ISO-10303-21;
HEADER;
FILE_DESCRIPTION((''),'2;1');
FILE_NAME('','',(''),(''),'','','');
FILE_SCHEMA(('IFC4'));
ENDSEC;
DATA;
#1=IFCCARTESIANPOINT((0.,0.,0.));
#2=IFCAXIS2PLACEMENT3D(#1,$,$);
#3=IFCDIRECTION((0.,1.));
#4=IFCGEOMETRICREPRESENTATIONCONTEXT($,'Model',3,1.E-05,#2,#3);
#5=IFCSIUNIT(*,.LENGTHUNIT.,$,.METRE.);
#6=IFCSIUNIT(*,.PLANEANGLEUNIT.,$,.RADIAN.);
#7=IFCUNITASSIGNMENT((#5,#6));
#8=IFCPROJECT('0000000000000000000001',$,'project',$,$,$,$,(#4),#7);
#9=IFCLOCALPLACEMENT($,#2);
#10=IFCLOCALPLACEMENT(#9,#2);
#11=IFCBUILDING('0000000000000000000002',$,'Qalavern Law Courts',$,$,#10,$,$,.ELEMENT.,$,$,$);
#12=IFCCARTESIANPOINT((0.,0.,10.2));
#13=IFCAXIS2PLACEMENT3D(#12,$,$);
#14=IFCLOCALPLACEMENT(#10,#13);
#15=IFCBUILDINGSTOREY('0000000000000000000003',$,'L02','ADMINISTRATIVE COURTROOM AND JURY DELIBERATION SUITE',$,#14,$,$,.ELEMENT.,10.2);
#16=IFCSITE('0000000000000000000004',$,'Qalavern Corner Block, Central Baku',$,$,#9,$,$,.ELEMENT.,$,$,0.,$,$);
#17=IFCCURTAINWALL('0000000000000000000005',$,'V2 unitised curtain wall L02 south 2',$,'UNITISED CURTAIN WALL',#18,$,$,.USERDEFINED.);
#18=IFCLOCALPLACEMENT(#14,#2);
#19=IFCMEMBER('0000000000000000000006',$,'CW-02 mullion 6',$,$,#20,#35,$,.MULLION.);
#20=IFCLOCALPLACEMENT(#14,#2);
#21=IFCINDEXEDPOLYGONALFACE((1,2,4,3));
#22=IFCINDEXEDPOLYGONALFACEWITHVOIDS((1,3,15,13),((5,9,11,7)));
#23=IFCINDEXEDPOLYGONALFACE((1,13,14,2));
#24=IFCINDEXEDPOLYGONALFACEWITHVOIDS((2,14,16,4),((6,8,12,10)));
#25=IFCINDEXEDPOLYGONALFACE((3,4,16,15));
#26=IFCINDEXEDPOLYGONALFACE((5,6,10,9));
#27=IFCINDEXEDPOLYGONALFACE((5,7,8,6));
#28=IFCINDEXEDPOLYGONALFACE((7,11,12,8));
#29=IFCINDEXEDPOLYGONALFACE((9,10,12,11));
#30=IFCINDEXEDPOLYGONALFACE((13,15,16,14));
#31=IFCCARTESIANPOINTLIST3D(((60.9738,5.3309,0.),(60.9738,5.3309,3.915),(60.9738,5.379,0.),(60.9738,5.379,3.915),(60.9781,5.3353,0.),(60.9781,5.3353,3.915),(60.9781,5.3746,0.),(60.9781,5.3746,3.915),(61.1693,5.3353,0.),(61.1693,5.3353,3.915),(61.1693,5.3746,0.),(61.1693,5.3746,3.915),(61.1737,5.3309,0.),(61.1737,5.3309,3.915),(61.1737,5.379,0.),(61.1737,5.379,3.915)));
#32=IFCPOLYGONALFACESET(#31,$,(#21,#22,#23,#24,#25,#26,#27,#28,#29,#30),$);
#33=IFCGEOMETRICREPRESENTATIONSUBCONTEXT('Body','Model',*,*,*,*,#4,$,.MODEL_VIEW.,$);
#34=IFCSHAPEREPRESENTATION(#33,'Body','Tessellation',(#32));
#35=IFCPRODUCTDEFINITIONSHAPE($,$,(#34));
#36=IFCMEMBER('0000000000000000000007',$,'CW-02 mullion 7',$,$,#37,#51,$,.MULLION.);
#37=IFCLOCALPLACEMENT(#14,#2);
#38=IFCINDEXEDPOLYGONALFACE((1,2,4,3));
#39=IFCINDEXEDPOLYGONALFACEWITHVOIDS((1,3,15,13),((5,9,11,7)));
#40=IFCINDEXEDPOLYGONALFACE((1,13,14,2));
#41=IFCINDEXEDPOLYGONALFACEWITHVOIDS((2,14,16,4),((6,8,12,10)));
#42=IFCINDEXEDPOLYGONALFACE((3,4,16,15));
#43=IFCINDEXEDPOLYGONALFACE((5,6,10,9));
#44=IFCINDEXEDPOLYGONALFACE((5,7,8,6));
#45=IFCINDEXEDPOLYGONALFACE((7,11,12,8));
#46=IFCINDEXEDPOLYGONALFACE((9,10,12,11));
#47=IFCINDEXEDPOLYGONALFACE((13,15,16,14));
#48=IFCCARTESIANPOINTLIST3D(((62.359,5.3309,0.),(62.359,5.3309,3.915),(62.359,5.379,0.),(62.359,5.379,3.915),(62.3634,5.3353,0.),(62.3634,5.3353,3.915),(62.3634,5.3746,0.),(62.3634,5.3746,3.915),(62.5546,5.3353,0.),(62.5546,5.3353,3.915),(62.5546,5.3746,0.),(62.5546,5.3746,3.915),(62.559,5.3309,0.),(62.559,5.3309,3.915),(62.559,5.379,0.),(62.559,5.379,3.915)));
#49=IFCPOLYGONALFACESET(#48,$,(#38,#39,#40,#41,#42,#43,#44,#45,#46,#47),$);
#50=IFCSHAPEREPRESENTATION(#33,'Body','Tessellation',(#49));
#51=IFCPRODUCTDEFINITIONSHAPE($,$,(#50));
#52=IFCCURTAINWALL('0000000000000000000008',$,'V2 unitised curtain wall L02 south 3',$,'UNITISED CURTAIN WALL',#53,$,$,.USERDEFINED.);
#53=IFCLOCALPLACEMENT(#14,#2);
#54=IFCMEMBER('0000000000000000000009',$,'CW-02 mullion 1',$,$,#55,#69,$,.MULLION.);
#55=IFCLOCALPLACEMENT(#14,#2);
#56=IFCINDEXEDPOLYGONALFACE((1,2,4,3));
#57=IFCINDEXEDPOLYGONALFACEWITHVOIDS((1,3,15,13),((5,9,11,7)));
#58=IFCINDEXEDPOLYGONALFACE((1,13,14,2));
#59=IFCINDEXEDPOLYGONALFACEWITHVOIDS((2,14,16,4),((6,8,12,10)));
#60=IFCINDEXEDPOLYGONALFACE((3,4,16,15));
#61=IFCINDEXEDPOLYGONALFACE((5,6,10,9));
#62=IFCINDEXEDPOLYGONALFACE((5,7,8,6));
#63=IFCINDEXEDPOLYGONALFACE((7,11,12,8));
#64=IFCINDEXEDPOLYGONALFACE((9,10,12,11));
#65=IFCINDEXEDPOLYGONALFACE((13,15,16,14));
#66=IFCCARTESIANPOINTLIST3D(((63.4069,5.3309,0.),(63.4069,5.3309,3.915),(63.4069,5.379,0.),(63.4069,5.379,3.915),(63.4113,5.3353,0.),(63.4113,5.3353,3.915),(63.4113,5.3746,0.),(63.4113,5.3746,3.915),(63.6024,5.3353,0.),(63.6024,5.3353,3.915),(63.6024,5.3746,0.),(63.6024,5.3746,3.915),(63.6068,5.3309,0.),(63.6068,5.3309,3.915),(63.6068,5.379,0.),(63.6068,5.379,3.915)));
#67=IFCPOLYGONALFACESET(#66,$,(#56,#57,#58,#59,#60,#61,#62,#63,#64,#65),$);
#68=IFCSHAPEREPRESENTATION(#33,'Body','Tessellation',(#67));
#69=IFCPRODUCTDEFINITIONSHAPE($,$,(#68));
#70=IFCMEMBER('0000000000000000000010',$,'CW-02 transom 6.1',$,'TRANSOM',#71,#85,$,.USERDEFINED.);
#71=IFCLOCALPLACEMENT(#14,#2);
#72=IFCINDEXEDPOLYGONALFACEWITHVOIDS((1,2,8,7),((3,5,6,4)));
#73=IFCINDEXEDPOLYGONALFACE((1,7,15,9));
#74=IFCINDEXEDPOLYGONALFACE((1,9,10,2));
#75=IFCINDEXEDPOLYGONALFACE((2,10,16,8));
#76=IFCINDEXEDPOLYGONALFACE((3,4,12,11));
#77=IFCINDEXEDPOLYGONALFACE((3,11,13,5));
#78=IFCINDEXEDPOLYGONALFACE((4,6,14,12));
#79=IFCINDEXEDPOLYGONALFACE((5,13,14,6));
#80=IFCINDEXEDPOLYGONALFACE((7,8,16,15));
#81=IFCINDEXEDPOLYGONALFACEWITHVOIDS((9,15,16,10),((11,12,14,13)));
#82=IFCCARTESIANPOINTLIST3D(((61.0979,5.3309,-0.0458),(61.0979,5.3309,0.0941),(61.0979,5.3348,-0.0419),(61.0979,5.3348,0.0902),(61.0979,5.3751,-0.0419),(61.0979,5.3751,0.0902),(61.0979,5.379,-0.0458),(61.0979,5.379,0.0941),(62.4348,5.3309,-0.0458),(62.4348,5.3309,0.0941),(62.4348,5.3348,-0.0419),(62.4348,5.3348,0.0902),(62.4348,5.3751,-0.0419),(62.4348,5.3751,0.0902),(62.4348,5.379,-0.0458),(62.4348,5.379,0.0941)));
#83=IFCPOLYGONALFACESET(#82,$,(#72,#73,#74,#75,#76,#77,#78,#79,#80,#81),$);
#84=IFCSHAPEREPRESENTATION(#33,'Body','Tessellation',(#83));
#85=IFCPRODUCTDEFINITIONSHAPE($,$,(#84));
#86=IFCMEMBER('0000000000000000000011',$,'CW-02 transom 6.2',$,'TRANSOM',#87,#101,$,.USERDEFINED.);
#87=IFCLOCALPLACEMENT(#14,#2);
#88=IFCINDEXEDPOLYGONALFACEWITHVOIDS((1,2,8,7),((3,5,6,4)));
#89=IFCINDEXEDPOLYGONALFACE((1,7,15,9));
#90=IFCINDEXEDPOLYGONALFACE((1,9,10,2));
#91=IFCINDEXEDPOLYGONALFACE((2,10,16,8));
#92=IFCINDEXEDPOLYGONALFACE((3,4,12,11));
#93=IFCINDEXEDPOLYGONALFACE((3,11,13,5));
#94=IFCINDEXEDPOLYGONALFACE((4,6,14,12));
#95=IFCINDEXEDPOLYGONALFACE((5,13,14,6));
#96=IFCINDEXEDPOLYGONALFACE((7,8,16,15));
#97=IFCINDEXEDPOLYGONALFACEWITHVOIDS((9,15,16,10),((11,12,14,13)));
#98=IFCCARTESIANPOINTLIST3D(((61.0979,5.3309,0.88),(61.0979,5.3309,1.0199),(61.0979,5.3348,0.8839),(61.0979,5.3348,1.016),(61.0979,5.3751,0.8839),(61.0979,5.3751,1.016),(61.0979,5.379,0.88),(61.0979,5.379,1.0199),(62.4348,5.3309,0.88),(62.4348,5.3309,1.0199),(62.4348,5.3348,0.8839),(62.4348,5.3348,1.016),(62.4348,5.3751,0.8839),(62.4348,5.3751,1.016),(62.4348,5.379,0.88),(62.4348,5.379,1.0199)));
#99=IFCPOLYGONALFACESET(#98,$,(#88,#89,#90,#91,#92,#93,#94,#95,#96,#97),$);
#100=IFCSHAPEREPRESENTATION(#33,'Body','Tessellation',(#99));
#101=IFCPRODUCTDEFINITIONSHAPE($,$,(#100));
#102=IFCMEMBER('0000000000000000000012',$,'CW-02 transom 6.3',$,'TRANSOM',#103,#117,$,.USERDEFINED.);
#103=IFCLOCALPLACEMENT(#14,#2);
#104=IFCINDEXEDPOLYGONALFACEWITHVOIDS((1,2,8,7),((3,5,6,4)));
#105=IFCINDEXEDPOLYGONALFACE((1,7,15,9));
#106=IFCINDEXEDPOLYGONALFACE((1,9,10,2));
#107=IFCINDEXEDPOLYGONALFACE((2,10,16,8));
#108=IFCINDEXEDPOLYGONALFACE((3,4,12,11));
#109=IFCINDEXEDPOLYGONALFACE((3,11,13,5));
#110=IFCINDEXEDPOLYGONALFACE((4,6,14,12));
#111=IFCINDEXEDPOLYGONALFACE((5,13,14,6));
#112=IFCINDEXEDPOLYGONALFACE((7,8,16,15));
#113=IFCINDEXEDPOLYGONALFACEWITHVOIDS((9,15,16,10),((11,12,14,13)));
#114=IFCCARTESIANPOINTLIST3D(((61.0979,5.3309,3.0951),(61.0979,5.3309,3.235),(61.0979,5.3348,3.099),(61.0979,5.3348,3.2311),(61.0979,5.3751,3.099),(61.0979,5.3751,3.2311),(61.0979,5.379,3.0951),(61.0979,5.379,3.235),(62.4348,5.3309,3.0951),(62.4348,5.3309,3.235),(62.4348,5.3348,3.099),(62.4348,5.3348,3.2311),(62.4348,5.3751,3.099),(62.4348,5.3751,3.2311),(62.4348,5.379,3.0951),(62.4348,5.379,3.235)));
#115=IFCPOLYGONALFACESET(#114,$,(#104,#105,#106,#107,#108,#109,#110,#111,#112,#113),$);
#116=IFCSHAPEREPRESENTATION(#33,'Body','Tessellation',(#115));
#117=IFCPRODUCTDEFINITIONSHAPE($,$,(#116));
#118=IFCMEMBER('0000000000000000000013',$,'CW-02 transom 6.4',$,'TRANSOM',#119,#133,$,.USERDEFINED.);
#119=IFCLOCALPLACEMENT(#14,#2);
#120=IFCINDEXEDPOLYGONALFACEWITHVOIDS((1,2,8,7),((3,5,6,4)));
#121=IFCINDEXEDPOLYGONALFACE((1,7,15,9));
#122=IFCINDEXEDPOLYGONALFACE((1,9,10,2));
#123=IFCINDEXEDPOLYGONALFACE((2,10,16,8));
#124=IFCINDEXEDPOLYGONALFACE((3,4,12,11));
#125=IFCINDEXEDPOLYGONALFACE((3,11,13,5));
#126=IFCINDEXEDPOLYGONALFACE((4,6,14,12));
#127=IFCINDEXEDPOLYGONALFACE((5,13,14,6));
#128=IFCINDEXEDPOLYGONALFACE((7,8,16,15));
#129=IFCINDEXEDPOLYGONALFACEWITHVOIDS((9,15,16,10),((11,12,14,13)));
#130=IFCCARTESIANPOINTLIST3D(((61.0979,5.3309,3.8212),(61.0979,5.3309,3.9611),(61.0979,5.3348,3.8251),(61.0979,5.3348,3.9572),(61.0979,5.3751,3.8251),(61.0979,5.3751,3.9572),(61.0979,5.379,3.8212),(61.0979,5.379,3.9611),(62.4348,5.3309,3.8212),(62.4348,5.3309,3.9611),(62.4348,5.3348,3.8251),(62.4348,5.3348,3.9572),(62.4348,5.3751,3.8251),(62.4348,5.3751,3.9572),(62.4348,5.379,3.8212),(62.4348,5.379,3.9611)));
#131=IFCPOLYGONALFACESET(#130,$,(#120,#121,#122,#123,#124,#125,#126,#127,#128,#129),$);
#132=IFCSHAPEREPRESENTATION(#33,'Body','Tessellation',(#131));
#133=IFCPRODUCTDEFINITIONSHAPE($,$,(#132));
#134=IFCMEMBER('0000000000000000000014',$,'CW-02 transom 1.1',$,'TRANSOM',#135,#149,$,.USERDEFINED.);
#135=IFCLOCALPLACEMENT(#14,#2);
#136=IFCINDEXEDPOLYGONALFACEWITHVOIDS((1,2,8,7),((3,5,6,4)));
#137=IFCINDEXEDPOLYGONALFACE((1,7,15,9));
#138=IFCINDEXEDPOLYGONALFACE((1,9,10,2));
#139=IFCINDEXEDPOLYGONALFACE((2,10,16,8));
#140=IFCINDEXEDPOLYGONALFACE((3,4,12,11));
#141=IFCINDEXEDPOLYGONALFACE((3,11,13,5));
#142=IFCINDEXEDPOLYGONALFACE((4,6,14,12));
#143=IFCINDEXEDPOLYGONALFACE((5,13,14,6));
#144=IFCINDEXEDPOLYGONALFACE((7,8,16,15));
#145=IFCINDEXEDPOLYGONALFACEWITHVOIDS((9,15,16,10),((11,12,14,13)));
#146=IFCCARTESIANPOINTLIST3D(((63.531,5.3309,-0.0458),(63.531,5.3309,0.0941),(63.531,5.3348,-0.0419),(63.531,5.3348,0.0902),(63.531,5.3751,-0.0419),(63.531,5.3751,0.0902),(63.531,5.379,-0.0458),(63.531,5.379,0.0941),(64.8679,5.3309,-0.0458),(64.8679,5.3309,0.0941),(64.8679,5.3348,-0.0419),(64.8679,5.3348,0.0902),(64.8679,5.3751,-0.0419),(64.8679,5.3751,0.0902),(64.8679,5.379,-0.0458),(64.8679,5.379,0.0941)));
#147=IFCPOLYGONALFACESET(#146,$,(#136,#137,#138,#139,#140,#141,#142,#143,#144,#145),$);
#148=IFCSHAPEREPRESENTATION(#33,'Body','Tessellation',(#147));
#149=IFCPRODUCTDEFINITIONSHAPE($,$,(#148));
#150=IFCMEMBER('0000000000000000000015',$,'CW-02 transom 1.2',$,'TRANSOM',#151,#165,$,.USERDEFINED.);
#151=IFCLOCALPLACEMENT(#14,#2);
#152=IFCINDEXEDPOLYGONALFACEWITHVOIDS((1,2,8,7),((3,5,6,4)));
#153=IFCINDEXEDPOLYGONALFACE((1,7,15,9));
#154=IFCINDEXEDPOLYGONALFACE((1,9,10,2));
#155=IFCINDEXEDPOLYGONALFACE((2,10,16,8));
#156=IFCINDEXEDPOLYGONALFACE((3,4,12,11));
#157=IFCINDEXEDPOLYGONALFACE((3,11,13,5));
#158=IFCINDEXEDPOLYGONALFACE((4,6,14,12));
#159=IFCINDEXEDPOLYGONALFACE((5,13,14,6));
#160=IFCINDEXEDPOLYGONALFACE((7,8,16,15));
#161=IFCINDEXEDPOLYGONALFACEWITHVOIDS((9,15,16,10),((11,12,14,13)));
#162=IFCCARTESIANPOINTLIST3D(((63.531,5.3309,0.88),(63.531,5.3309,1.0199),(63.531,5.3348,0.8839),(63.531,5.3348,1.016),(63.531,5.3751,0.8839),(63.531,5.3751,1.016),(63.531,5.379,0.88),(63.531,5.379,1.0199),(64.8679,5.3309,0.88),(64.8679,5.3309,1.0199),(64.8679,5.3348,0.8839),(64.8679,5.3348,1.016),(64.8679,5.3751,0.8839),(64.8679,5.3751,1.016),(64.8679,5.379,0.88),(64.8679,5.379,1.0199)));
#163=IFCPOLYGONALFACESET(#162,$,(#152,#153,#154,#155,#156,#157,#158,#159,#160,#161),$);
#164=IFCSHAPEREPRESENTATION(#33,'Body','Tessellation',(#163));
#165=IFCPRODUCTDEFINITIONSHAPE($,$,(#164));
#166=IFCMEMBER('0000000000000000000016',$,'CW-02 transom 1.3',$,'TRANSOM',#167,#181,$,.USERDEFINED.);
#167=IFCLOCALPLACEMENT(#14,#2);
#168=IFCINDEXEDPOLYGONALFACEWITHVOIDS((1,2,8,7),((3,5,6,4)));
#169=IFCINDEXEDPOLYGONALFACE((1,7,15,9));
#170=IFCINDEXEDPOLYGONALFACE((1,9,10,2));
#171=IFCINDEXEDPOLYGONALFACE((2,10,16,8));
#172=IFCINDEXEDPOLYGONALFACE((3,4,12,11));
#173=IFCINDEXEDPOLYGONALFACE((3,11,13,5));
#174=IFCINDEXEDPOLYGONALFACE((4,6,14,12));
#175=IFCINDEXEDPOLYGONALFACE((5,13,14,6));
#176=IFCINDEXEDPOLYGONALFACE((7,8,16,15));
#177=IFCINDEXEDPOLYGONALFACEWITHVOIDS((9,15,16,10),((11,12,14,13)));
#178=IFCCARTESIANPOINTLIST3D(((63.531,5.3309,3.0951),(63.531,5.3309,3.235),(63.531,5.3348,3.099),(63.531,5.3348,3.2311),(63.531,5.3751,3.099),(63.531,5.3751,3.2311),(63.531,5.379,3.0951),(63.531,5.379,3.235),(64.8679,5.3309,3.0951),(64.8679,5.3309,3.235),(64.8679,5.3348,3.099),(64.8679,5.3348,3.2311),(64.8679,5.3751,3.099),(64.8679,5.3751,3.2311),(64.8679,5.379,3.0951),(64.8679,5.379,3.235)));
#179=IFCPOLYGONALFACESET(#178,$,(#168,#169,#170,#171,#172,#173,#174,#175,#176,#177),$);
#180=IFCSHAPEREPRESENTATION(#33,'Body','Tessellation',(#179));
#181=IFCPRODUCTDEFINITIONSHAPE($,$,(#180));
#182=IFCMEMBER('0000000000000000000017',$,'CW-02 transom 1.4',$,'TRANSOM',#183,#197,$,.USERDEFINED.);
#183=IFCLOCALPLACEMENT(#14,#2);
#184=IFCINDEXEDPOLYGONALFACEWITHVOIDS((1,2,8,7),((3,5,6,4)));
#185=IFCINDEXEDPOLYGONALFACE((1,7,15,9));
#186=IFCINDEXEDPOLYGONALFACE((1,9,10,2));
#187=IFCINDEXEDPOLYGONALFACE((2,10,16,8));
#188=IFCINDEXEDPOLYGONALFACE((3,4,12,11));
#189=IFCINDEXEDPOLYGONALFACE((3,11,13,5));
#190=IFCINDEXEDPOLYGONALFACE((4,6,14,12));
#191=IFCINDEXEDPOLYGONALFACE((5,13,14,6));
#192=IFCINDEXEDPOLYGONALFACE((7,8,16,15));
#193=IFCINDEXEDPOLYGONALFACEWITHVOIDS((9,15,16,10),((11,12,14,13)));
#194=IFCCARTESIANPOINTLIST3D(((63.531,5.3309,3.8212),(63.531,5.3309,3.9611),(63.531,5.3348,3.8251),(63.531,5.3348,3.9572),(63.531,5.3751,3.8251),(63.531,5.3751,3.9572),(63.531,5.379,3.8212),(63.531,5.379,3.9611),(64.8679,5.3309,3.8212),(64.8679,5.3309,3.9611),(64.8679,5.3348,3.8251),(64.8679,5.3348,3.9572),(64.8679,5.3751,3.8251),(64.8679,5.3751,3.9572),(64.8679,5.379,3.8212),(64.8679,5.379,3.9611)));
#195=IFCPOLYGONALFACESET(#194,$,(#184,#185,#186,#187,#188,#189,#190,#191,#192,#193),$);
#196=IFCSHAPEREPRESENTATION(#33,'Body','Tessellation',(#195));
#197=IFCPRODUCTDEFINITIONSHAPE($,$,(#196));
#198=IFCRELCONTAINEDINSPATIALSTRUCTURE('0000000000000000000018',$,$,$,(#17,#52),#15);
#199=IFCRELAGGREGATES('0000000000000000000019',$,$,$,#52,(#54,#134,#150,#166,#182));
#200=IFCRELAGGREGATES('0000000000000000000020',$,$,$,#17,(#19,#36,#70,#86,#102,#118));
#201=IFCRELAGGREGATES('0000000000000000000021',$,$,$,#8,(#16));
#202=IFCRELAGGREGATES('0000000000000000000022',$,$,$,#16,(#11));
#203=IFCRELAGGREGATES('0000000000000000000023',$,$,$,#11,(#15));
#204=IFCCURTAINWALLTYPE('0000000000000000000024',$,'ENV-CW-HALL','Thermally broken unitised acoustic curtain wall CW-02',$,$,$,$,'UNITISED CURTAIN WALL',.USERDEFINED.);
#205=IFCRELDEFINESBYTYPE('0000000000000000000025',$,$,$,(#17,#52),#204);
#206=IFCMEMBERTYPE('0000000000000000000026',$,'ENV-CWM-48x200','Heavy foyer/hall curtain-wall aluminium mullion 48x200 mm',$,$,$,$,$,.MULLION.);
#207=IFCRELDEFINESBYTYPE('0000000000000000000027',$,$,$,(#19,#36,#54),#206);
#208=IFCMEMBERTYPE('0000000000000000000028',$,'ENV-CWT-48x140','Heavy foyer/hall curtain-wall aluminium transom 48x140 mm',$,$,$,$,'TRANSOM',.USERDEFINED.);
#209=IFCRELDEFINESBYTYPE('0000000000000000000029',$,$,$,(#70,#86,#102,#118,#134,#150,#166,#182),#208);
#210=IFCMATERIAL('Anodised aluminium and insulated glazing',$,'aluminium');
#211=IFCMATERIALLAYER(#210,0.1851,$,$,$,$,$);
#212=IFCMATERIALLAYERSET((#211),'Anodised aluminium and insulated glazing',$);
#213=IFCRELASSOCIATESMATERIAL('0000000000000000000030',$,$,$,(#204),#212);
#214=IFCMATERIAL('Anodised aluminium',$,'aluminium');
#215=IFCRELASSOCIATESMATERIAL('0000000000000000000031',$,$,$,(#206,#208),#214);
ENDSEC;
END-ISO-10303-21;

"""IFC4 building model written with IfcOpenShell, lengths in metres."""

from ifc_helpers import new_model, si_unit, direction, frame, origin, origin_2d, place, context, subcontext, project, spatial, hollow_rectangle, extrude, material, layer, layer_set, material_profile, profile_set, type_object, element, aggregate, save


model = new_model("IFC4")

# Units and contexts
model_context = context("Model", 3, precision=1e-05, world=origin(), true_north=direction((0.0, 1.0)))
body_context = subcontext(model_context, "Body", "Model", "MODEL_VIEW")
ifc_project = project(units=[si_unit("LENGTHUNIT", "METRE"), si_unit("PLANEANGLEUNIT", "RADIAN")], contexts=[model_context])

# Site, building, storey
site_placement = place(None, origin())
site = spatial("IfcSite", under=ifc_project, at=site_placement, Name="Qalavern Corner Block, Central Baku", CompositionType="ELEMENT", RefElevation=0.0)
building_placement = place(site_placement, origin())
building = spatial("IfcBuilding", under=site, at=building_placement, Name="Qalavern Law Courts", CompositionType="ELEMENT")
storey_placement = place(building_placement, frame((0.0, 0.0, 10.2)))
storey = spatial("IfcBuildingStorey", under=building, at=storey_placement, Name="L02", Description="ADMINISTRATIVE COURTROOM AND JURY DELIBERATION SUITE", CompositionType="ELEMENT", Elevation=10.2)

# Curtain wall, members
ifc_material_1 = material(Name="Anodised aluminium and insulated glazing", Category="aluminium")
ifc_layer_1 = layer(ifc_material_1, 0.1851)
ifc_layer_set_1 = layer_set([ifc_layer_1], Name="Anodised aluminium and insulated glazing")
curtain_wall_type = type_object("IfcCurtainWallType", Name="ENV-CW-HALL", Description="Thermally broken unitised acoustic curtain wall CW-02", ElementType="UNITISED CURTAIN WALL", PredefinedType="USERDEFINED", material=ifc_layer_set_1)
curtain_wall_1_placement = place(storey_placement, origin())
curtain_wall_1 = element("IfcCurtainWall", 1, at=curtain_wall_1_placement, inside=storey, type_object=curtain_wall_type, Name="V2 unitised curtain wall L02 south 2", ObjectType="UNITISED CURTAIN WALL", PredefinedType="USERDEFINED")
ifc_material_2 = material(Name="Anodised aluminium", Category="aluminium")
ifc_material_profile_1 = material_profile(ifc_material_2, hollow_rectangle(XDim=0.0481, YDim=0.2, WallThickness=0.0044, at=origin_2d()), Name="ALU MULLION 48x200")
ifc_profile_set_1 = profile_set([ifc_material_profile_1], Name="Anodised aluminium")
member_type_1 = type_object("IfcMemberType", Name="ENV-CWM-48x200", Description="Heavy foyer/hall curtain-wall aluminium mullion 48x200 mm", PredefinedType="MULLION", material=ifc_profile_set_1)
member_1_placement = place(storey_placement, frame((61.0737, 5.355, 0.0), z_axis=(0.0, 0.0, 1.0), x_axis=(0.0, 1.0, 0.0)))
member_1 = element("IfcMember", 2, at=member_1_placement, type_object=member_type_1, Name="CW-02 mullion 6", PredefinedType="MULLION", context=body_context, shape_type="SweptSolid", body=[
    extrude(hollow_rectangle(XDim=0.0481, YDim=0.2, WallThickness=0.0044, at=origin_2d()), origin(), (0.0, 0.0, 1.0), 3.915),
])
member_2_placement = place(storey_placement, frame((62.459, 5.355, 0.0), z_axis=(0.0, 0.0, 1.0), x_axis=(0.0, 1.0, 0.0)))
member_2 = element("IfcMember", 3, at=member_2_placement, type_object=member_type_1, Name="CW-02 mullion 7", PredefinedType="MULLION", context=body_context, shape_type="SweptSolid", body=[
    extrude(hollow_rectangle(XDim=0.0481, YDim=0.2, WallThickness=0.0044, at=origin_2d()), origin(), (0.0, 0.0, 1.0), 3.915),
])

# Curtain wall, member
curtain_wall_2_placement = place(storey_placement, origin())
curtain_wall_2 = element("IfcCurtainWall", 4, at=curtain_wall_2_placement, inside=storey, type_object=curtain_wall_type, Name="V2 unitised curtain wall L02 south 3", ObjectType="UNITISED CURTAIN WALL", PredefinedType="USERDEFINED")
member_3_placement = place(storey_placement, frame((63.5068, 5.355, 0.0), z_axis=(0.0, 0.0, 1.0), x_axis=(0.0, 1.0, 0.0)))
member_3 = element("IfcMember", 5, at=member_3_placement, type_object=member_type_1, Name="CW-02 mullion 1", PredefinedType="MULLION", context=body_context, shape_type="SweptSolid", body=[
    extrude(hollow_rectangle(XDim=0.0481, YDim=0.2, WallThickness=0.0044, at=origin_2d()), origin(), (0.0, 0.0, 1.0), 3.915),
])

# Members
ifc_material_profile_2 = material_profile(ifc_material_2, hollow_rectangle(XDim=0.0481, YDim=0.1399, WallThickness=0.0039, at=origin_2d()), Name="ALU TRANSOM 48x140")
ifc_profile_set_2 = profile_set([ifc_material_profile_2], Name="Anodised aluminium")
member_type_2 = type_object("IfcMemberType", Name="ENV-CWT-48x140", Description="Heavy foyer/hall curtain-wall aluminium transom 48x140 mm", ElementType="TRANSOM", PredefinedType="USERDEFINED", material=ifc_profile_set_2)
member_4_placement = place(storey_placement, frame((61.0979, 5.355, 0.0242), z_axis=(1.0, 0.0, 0.0), x_axis=(0.0, 1.0, 0.0)))
member_4 = element("IfcMember", 6, at=member_4_placement, type_object=member_type_2, Name="CW-02 transom 6.1", ObjectType="TRANSOM", PredefinedType="USERDEFINED", context=body_context, shape_type="SweptSolid", body=[
    extrude(hollow_rectangle(XDim=0.0481, YDim=0.1399, WallThickness=0.0039, at=origin_2d()), origin(), (0.0, 0.0, 1.0), 1.3369),
])
member_5_placement = place(storey_placement, frame((61.0979, 5.355, 0.95), z_axis=(1.0, 0.0, 0.0), x_axis=(0.0, 1.0, 0.0)))
member_5 = element("IfcMember", 7, at=member_5_placement, type_object=member_type_2, Name="CW-02 transom 6.2", ObjectType="TRANSOM", PredefinedType="USERDEFINED", context=body_context, shape_type="SweptSolid", body=[
    extrude(hollow_rectangle(XDim=0.0481, YDim=0.1399, WallThickness=0.0039, at=origin_2d()), origin(), (0.0, 0.0, 1.0), 1.3369),
])
member_6_placement = place(storey_placement, frame((61.0979, 5.355, 3.165), z_axis=(1.0, 0.0, 0.0), x_axis=(0.0, 1.0, 0.0)))
member_6 = element("IfcMember", 8, at=member_6_placement, type_object=member_type_2, Name="CW-02 transom 6.3", ObjectType="TRANSOM", PredefinedType="USERDEFINED", context=body_context, shape_type="SweptSolid", body=[
    extrude(hollow_rectangle(XDim=0.0481, YDim=0.1399, WallThickness=0.0039, at=origin_2d()), origin(), (0.0, 0.0, 1.0), 1.3369),
])
member_7_placement = place(storey_placement, frame((61.0979, 5.355, 3.8911), z_axis=(1.0, 0.0, 0.0), x_axis=(0.0, 1.0, 0.0)))
member_7 = element("IfcMember", 9, at=member_7_placement, type_object=member_type_2, Name="CW-02 transom 6.4", ObjectType="TRANSOM", PredefinedType="USERDEFINED", context=body_context, shape_type="SweptSolid", body=[
    extrude(hollow_rectangle(XDim=0.0481, YDim=0.1399, WallThickness=0.0039, at=origin_2d()), origin(), (0.0, 0.0, 1.0), 1.3369),
])
member_8_placement = place(storey_placement, frame((63.531, 5.355, 0.0242), z_axis=(1.0, 0.0, 0.0), x_axis=(0.0, 1.0, 0.0)))
member_8 = element("IfcMember", 10, at=member_8_placement, type_object=member_type_2, Name="CW-02 transom 1.1", ObjectType="TRANSOM", PredefinedType="USERDEFINED", context=body_context, shape_type="SweptSolid", body=[
    extrude(hollow_rectangle(XDim=0.0481, YDim=0.1399, WallThickness=0.0039, at=origin_2d()), origin(), (0.0, 0.0, 1.0), 1.3369),
])
member_9_placement = place(storey_placement, frame((63.531, 5.355, 0.95), z_axis=(1.0, 0.0, 0.0), x_axis=(0.0, 1.0, 0.0)))
member_9 = element("IfcMember", 11, at=member_9_placement, type_object=member_type_2, Name="CW-02 transom 1.2", ObjectType="TRANSOM", PredefinedType="USERDEFINED", context=body_context, shape_type="SweptSolid", body=[
    extrude(hollow_rectangle(XDim=0.0481, YDim=0.1399, WallThickness=0.0039, at=origin_2d()), origin(), (0.0, 0.0, 1.0), 1.3369),
])
member_10_placement = place(storey_placement, frame((63.531, 5.355, 3.165), z_axis=(1.0, 0.0, 0.0), x_axis=(0.0, 1.0, 0.0)))
member_10 = element("IfcMember", 12, at=member_10_placement, type_object=member_type_2, Name="CW-02 transom 1.3", ObjectType="TRANSOM", PredefinedType="USERDEFINED", context=body_context, shape_type="SweptSolid", body=[
    extrude(hollow_rectangle(XDim=0.0481, YDim=0.1399, WallThickness=0.0039, at=origin_2d()), origin(), (0.0, 0.0, 1.0), 1.3369),
])
member_11_placement = place(storey_placement, frame((63.531, 5.355, 3.8911), z_axis=(1.0, 0.0, 0.0), x_axis=(0.0, 1.0, 0.0)))
member_11 = element("IfcMember", 13, at=member_11_placement, type_object=member_type_2, Name="CW-02 transom 1.4", ObjectType="TRANSOM", PredefinedType="USERDEFINED", context=body_context, shape_type="SweptSolid", body=[
    extrude(hollow_rectangle(XDim=0.0481, YDim=0.1399, WallThickness=0.0039, at=origin_2d()), origin(), (0.0, 0.0, 1.0), 1.3369),
])

aggregate(curtain_wall_2, [member_3, member_8, member_9, member_10, member_11])
aggregate(curtain_wall_1, [member_1, member_2, member_4, member_5, member_6, member_7])

save(model, "model.ifc")
